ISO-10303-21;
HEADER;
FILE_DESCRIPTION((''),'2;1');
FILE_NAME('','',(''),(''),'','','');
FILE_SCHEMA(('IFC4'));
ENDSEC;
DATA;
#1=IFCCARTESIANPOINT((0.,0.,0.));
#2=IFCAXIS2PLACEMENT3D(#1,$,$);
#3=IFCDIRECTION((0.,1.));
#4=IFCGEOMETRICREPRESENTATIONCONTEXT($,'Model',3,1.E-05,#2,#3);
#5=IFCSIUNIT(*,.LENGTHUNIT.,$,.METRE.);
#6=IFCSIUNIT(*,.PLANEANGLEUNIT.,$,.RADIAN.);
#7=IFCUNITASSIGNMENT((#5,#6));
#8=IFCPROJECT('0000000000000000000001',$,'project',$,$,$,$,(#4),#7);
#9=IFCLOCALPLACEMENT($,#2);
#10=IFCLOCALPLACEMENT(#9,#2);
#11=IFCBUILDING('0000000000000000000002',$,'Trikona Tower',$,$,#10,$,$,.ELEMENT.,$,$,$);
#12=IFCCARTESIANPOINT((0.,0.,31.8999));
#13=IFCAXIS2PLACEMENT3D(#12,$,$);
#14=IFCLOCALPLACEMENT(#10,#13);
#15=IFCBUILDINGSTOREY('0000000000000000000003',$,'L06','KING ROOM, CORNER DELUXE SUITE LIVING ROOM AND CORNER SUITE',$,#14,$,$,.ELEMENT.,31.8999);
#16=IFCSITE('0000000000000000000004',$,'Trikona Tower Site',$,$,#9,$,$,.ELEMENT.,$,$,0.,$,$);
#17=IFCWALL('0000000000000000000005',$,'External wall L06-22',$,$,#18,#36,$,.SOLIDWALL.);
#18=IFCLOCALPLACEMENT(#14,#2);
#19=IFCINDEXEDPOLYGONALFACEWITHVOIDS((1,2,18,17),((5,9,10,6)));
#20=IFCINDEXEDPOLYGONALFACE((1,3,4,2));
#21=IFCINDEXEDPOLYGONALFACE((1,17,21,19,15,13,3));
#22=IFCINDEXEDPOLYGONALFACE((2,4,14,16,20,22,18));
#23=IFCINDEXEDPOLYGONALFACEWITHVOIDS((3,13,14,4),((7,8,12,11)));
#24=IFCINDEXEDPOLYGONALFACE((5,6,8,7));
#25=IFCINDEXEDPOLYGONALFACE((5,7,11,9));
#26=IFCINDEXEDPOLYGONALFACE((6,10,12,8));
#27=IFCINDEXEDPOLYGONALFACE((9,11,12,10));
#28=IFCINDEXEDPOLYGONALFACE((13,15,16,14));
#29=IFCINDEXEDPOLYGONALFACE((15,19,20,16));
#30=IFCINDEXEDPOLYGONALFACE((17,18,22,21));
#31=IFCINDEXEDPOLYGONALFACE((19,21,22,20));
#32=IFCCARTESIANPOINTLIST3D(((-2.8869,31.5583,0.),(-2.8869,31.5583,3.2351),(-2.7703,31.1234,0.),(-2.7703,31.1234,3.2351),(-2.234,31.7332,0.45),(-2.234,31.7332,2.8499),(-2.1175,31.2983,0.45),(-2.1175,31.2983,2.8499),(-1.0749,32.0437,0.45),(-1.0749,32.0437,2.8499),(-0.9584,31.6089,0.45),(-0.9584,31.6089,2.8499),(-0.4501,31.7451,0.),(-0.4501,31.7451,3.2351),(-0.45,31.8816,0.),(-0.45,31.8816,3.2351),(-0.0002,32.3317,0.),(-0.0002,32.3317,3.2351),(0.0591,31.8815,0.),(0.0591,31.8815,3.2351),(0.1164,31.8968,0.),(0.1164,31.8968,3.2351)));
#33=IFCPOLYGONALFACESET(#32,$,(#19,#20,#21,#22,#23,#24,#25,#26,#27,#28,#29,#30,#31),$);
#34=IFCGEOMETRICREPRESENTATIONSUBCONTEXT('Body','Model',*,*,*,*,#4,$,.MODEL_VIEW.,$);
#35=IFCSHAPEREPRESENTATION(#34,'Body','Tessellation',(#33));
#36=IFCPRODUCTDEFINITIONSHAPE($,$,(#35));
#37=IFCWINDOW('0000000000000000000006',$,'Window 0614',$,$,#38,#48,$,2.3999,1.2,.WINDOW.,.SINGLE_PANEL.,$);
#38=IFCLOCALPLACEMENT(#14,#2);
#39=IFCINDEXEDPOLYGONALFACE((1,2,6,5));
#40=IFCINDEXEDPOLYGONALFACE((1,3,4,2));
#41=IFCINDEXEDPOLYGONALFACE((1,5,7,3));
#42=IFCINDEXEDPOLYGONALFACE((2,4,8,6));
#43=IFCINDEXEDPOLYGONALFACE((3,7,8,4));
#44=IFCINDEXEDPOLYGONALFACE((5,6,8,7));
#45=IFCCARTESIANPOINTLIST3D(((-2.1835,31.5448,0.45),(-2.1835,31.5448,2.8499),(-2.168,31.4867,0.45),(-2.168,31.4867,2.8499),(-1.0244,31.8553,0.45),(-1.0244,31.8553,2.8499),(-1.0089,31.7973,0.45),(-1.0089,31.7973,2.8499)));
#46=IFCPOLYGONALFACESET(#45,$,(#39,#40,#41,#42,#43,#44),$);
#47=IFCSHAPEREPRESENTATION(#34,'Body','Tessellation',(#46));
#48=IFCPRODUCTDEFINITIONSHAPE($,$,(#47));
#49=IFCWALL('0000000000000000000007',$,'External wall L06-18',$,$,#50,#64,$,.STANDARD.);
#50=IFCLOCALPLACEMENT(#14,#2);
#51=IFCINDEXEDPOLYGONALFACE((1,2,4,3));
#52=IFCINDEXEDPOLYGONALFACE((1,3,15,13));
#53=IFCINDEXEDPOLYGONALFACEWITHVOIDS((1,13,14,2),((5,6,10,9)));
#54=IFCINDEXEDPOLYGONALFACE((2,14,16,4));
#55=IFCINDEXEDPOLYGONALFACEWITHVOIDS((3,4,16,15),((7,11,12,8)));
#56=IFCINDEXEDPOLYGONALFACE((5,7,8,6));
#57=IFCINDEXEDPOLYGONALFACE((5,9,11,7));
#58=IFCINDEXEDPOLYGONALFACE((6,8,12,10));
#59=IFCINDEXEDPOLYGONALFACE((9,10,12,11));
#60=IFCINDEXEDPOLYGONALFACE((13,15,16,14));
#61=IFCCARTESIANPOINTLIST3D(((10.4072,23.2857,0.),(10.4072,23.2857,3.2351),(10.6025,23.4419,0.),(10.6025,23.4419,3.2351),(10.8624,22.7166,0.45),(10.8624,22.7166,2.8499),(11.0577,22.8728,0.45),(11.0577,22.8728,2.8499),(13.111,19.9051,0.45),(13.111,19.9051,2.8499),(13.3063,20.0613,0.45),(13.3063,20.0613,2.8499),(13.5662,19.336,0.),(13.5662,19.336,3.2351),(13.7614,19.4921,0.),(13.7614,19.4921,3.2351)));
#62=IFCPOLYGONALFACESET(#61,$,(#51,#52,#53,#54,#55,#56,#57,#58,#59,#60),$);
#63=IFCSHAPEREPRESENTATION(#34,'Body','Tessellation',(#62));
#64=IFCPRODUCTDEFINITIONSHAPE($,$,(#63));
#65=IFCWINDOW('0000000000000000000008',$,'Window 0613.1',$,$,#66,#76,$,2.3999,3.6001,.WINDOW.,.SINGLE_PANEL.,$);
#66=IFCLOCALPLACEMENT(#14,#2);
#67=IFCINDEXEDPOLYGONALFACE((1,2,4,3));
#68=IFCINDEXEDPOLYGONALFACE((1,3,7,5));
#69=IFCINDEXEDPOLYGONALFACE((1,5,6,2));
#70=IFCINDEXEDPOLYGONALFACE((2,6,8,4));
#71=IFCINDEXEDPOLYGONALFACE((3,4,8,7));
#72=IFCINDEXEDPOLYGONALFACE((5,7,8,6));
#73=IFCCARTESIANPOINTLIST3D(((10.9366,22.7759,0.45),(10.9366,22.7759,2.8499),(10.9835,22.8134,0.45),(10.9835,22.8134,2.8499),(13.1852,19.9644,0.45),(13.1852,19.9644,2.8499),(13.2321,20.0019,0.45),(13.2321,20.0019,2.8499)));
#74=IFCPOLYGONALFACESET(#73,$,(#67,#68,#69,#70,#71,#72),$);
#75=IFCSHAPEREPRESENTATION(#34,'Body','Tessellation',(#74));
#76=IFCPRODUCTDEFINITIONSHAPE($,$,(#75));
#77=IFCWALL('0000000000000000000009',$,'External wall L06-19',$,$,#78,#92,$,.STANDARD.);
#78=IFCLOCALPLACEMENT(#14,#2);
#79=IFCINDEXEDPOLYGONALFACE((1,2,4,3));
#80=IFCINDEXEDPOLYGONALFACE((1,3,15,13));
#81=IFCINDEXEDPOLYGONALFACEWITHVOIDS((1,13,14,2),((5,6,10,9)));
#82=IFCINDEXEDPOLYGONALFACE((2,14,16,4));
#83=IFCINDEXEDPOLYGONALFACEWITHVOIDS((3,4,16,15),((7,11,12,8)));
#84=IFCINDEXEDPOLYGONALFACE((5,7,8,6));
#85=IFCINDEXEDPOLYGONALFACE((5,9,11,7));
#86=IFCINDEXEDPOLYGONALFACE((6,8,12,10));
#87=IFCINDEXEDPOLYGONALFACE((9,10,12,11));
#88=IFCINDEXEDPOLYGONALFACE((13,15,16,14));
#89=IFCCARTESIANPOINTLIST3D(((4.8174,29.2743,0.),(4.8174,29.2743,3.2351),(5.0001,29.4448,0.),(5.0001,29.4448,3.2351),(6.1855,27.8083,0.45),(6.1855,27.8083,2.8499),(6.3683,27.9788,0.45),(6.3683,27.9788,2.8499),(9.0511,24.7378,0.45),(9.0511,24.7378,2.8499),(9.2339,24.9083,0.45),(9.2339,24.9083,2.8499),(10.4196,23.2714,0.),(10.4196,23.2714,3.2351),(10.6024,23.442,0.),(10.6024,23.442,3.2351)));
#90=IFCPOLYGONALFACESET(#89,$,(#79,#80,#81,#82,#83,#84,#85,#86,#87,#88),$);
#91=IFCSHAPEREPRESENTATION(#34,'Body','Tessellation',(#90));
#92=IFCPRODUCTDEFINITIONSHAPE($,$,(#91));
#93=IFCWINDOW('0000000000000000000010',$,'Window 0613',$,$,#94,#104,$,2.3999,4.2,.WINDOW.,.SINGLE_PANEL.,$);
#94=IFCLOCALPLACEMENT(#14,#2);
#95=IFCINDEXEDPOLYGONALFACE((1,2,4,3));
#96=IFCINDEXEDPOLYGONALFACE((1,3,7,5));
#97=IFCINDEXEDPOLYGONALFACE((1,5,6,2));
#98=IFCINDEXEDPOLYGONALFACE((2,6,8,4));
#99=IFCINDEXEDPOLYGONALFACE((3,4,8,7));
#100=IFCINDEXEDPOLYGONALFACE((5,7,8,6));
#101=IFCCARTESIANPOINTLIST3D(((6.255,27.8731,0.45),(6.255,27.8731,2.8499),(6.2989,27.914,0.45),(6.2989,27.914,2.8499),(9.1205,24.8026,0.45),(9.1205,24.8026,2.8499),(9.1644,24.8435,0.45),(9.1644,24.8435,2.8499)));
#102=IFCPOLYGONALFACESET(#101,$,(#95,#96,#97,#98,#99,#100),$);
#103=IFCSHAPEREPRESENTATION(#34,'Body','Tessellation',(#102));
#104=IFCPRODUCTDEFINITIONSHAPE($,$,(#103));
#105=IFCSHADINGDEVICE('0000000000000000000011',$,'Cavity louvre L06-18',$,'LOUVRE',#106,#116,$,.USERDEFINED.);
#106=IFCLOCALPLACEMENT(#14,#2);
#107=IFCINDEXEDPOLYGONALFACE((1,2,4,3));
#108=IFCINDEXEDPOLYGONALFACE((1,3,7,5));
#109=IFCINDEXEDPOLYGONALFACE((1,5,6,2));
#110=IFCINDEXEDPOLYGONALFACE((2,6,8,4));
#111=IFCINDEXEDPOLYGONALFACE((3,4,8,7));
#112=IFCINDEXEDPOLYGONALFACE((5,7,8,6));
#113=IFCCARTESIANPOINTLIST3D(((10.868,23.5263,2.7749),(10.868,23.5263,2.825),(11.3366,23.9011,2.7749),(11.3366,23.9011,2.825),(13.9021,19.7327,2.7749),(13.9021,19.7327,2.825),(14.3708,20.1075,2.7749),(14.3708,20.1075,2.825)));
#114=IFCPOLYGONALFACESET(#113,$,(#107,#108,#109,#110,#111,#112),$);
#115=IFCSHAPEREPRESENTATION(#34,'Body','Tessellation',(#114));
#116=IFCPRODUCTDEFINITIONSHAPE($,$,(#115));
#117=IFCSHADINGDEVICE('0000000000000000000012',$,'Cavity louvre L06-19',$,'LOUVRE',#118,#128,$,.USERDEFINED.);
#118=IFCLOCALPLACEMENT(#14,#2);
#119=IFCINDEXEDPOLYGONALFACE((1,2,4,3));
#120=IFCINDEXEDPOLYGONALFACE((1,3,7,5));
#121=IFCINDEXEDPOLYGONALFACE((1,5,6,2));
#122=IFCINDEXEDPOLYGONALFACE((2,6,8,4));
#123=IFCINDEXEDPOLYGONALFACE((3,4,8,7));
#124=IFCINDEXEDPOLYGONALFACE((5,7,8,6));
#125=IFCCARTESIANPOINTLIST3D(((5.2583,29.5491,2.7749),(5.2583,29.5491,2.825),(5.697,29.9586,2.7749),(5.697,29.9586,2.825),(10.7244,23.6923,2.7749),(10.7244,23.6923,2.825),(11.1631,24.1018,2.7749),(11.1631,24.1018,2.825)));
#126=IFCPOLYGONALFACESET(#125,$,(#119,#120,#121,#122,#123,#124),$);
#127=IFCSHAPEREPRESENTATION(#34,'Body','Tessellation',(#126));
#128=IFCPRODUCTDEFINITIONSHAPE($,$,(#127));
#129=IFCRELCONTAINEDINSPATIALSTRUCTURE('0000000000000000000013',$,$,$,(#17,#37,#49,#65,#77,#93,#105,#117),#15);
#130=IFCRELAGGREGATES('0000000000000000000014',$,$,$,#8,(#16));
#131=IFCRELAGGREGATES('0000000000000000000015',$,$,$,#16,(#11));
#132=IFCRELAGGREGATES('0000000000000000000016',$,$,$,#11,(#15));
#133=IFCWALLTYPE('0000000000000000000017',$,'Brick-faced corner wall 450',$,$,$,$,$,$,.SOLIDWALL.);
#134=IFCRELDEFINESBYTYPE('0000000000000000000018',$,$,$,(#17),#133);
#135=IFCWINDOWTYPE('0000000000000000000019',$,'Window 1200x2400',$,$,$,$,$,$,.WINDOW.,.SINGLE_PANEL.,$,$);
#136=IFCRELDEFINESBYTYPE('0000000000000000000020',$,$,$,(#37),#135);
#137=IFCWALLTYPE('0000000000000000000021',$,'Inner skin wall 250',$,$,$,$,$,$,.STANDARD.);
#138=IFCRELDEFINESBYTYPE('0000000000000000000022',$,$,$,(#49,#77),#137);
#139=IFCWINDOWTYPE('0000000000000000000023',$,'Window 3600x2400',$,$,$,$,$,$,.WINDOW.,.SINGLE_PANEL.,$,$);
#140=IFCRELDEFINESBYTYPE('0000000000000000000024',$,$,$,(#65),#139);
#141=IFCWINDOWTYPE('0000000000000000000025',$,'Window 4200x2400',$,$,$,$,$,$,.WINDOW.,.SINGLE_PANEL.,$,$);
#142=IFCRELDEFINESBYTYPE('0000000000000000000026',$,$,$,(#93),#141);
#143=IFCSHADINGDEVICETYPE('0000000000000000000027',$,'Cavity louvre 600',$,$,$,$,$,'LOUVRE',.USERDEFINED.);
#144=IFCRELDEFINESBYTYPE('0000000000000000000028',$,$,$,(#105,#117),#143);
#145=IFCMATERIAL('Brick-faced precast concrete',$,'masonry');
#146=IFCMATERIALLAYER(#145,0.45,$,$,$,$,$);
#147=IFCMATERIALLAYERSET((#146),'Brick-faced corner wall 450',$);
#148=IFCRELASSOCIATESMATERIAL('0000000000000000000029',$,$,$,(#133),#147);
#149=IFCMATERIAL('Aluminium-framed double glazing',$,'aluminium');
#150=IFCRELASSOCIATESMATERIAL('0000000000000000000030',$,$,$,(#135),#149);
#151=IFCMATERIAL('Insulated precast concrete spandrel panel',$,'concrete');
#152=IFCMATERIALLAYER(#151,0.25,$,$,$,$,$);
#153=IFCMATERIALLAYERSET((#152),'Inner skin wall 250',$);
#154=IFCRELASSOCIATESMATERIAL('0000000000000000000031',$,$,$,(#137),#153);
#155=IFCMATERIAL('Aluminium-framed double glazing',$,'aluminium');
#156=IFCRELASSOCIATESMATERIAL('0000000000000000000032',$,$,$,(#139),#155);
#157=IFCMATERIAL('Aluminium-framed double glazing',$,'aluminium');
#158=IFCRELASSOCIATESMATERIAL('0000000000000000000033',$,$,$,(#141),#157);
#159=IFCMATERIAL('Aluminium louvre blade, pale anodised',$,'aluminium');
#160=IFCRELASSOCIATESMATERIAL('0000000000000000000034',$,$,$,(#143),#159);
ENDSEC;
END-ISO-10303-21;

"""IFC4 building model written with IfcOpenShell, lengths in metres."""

from ifc_helpers import new_model, si_unit, direction, frame, frame_2d, origin, origin_2d, place, context, subcontext, project, spatial, polyline, rectangle, outline, extrude, material, layer, layer_set, type_object, element, fill, save


model = new_model("IFC4")

# Units and contexts
model_context = context("Model", 3, precision=1e-05, world=origin(), true_north=direction((0.0, 1.0)))
body_context = subcontext(model_context, "Body", "Model", "MODEL_VIEW")
ifc_project = project(units=[si_unit("LENGTHUNIT", "METRE"), si_unit("PLANEANGLEUNIT", "RADIAN")], contexts=[model_context])

# Site, building, storey
site_placement = place(None, origin())
site = spatial("IfcSite", under=ifc_project, at=site_placement, Name="Trikona Tower Site", CompositionType="ELEMENT", RefElevation=0.0)
building_placement = place(site_placement, origin())
building = spatial("IfcBuilding", under=site, at=building_placement, Name="Trikona Tower", CompositionType="ELEMENT")
storey_placement = place(building_placement, frame((0.0, 0.0, 31.8999)))
storey = spatial("IfcBuildingStorey", under=building, at=storey_placement, Name="L06", Description="KING ROOM, CORNER DELUXE SUITE LIVING ROOM AND CORNER SUITE", CompositionType="ELEMENT", Elevation=31.8999)

# Walls, openings, windows
ifc_material_1 = material(Name="Brick-faced precast concrete", Category="masonry")
ifc_layer_1 = layer(ifc_material_1, 0.45)
ifc_layer_set_1 = layer_set([ifc_layer_1], Name="Brick-faced corner wall 450")
wall_type_1 = type_object("IfcWallType", Name="Brick-faced corner wall 450", PredefinedType="SOLIDWALL", material=ifc_layer_set_1)
ifc_material_2 = material(Name="Aluminium-framed double glazing", Category="aluminium")
window_type_1 = type_object("IfcWindowType", Name="Window 1200x2400", PartitioningType="SINGLE_PANEL", PredefinedType="WINDOW", material=ifc_material_2)
wall_1_placement = place(storey_placement, frame((0.0581, 32.1143, 0.0), z_axis=(0.0, 0.0, 1.0), x_axis=(-0.965931, -0.258801, 0.0)))
wall_1 = element("IfcWall", 1, at=wall_1_placement, inside=storey, type_object=wall_type_1, Name="External wall L06-22", PredefinedType="SOLIDWALL", context=body_context, shape_type="SweptSolid", body=[
    extrude(outline(polyline([(2.9885, 0.2251), (0.5864, 0.2251), (0.551, 0.0933), (0.0593, 0.2251), (0.0, 0.2251), (0.0, -0.2251), (2.9885, -0.2251), (2.9885, 0.2251)])), origin(), (0.0, 0.0, 1.0), 3.2351),
])
opening_1_placement = place(wall_1_placement, frame((1.1125, 0.0, 0.45)))
opening_1 = element("IfcOpeningElement", 2, at=opening_1_placement, cuts=wall_1, PredefinedType="OPENING", context=body_context, shape_type="SweptSolid", body=[
    extrude(rectangle(XDim=1.2, YDim=2.3999, at=frame_2d((0.6001, 1.2))), frame((0.0, 0.2349, 0.0), z_axis=(0.0, -1.0, 0.0), x_axis=(1.0, 0.0, 0.0)), (0.0, 0.0, 1.0), 0.47),
])
window_1_placement = place(opening_1_placement, origin())
window_1 = element("IfcWindow", 3, at=window_1_placement, inside=storey, type_object=window_type_1, Name="Window 0614", OverallHeight=2.3999, OverallWidth=1.2, PartitioningType="SINGLE_PANEL", PredefinedType="WINDOW", context=body_context, shape_type="SweptSolid", body=[
    extrude(rectangle(XDim=1.2, YDim=2.3999, at=frame_2d((0.6001, 1.2))), frame((0.0, 0.03, 0.0), z_axis=(0.0, -1.0, 0.0), x_axis=(1.0, 0.0, 0.0)), (0.0, 0.0, 1.0), 0.0601),
])
fill(opening_1, window_1)
ifc_material_3 = material(Name="Insulated precast concrete spandrel panel", Category="concrete")
ifc_layer_2 = layer(ifc_material_3, 0.25)
ifc_layer_set_2 = layer_set([ifc_layer_2], Name="Inner skin wall 250")
wall_type_2 = type_object("IfcWallType", Name="Inner skin wall 250", PredefinedType="STANDARD", material=ifc_layer_set_2)
wall_2_placement = place(storey_placement, frame((13.6638, 19.4141, 0.0), z_axis=(0.0, 0.0, 1.0), x_axis=(-0.624595, 0.780949, 0.0)))
wall_2 = element("IfcWall", 4, at=wall_2_placement, inside=storey, type_object=wall_type_2, Name="External wall L06-18", PredefinedType="STANDARD", context=body_context, shape_type="SweptSolid", body=[
    extrude(rectangle(XDim=5.0576, YDim=0.25, at=frame_2d((2.5288, 0.0))), origin(), (0.0, 0.0, 1.0), 3.2351),
])
opening_2_placement = place(wall_2_placement, frame((0.7288, 0.0, 0.45)))
opening_2 = element("IfcOpeningElement", 5, at=opening_2_placement, cuts=wall_2, PredefinedType="OPENING", context=body_context, shape_type="SweptSolid", body=[
    extrude(rectangle(XDim=3.6001, YDim=2.3999, at=frame_2d((1.8, 1.2))), frame((0.0, 0.135, 0.0), z_axis=(0.0, -1.0, 0.0), x_axis=(1.0, 0.0, 0.0)), (0.0, 0.0, 1.0), 0.27),
])
ifc_material_4 = material(Name="Aluminium-framed double glazing", Category="aluminium")
window_type_2 = type_object("IfcWindowType", Name="Window 3600x2400", PartitioningType="SINGLE_PANEL", PredefinedType="WINDOW", material=ifc_material_4)
window_2_placement = place(opening_2_placement, origin())
window_2 = element("IfcWindow", 6, at=window_2_placement, inside=storey, type_object=window_type_2, Name="Window 0613.1", OverallHeight=2.3999, OverallWidth=3.6001, PartitioningType="SINGLE_PANEL", PredefinedType="WINDOW", context=body_context, shape_type="SweptSolid", body=[
    extrude(rectangle(XDim=3.6001, YDim=2.3999, at=frame_2d((1.8, 1.2))), frame((0.0, 0.03, 0.0), z_axis=(0.0, -1.0, 0.0), x_axis=(1.0, 0.0, 0.0)), (0.0, 0.0, 1.0), 0.0601),
])
fill(opening_2, window_2)
wall_3_placement = place(storey_placement, frame((10.511, 23.3567, 0.0), z_axis=(0.0, 0.0, 1.0), x_axis=(-0.68229, 0.731082, 0.0)))
wall_3 = element("IfcWall", 7, at=wall_3_placement, inside=storey, type_object=wall_type_2, Name="External wall L06-19", PredefinedType="STANDARD", context=body_context, shape_type="SweptSolid", body=[
    extrude(rectangle(XDim=8.2109, YDim=0.25, at=frame_2d((4.1055, 0.0))), origin(), (0.0, 0.0, 1.0), 3.2351),
])
opening_3_placement = place(wall_3_placement, frame((2.0056, 0.0, 0.45)))
opening_3 = element("IfcOpeningElement", 8, at=opening_3_placement, cuts=wall_3, PredefinedType="OPENING", context=body_context, shape_type="SweptSolid", body=[
    extrude(rectangle(XDim=4.2, YDim=2.3999, at=frame_2d((2.1001, 1.2))), frame((0.0, 0.135, 0.0), z_axis=(0.0, -1.0, 0.0), x_axis=(1.0, 0.0, 0.0)), (0.0, 0.0, 1.0), 0.27),
])
ifc_material_5 = material(Name="Aluminium-framed double glazing", Category="aluminium")
window_type_3 = type_object("IfcWindowType", Name="Window 4200x2400", PartitioningType="SINGLE_PANEL", PredefinedType="WINDOW", material=ifc_material_5)
window_3_placement = place(opening_3_placement, origin())
window_3 = element("IfcWindow", 9, at=window_3_placement, inside=storey, type_object=window_type_3, Name="Window 0613", OverallHeight=2.3999, OverallWidth=4.2, PartitioningType="SINGLE_PANEL", PredefinedType="WINDOW", context=body_context, shape_type="SweptSolid", body=[
    extrude(rectangle(XDim=4.2, YDim=2.3999, at=frame_2d((2.1001, 1.2))), frame((0.0, 0.03, 0.0), z_axis=(0.0, -1.0, 0.0), x_axis=(1.0, 0.0, 0.0)), (0.0, 0.0, 1.0), 0.0601),
])
fill(opening_3, window_3)

# Shading devices
ifc_material_6 = material(Name="Aluminium louvre blade, pale anodised", Category="aluminium")
shading_device_type = type_object("IfcShadingDeviceType", Name="Cavity louvre 600", ElementType="LOUVRE", PredefinedType="USERDEFINED", material=ifc_material_6)
shading_device_1_placement = place(storey_placement, frame((12.6194, 21.8169, 2.7749), z_axis=(0.0, 0.0, 1.0), x_axis=(-0.624604, 0.780942, 0.0)))
element("IfcShadingDevice", 10, at=shading_device_1_placement, inside=storey, type_object=shading_device_type, Name="Cavity louvre L06-18", ObjectType="LOUVRE", PredefinedType="USERDEFINED", context=body_context, shape_type="SweptSolid", body=[
    extrude(rectangle(XDim=4.8577, YDim=0.6001, at=origin_2d()), origin(), (0.0, 0.0, 1.0), 0.05),
])
shading_device_2_placement = place(storey_placement, frame((8.2107, 26.8254, 2.7749), z_axis=(0.0, 0.0, 1.0), x_axis=(-0.682298, 0.731074, 0.0)))
element("IfcShadingDevice", 11, at=shading_device_2_placement, inside=storey, type_object=shading_device_type, Name="Cavity louvre L06-19", ObjectType="LOUVRE", PredefinedType="USERDEFINED", context=body_context, shape_type="SweptSolid", body=[
    extrude(rectangle(XDim=8.0112, YDim=0.6001, at=origin_2d()), origin(), (0.0, 0.0, 1.0), 0.05),
])

save(model, "model.ifc")
